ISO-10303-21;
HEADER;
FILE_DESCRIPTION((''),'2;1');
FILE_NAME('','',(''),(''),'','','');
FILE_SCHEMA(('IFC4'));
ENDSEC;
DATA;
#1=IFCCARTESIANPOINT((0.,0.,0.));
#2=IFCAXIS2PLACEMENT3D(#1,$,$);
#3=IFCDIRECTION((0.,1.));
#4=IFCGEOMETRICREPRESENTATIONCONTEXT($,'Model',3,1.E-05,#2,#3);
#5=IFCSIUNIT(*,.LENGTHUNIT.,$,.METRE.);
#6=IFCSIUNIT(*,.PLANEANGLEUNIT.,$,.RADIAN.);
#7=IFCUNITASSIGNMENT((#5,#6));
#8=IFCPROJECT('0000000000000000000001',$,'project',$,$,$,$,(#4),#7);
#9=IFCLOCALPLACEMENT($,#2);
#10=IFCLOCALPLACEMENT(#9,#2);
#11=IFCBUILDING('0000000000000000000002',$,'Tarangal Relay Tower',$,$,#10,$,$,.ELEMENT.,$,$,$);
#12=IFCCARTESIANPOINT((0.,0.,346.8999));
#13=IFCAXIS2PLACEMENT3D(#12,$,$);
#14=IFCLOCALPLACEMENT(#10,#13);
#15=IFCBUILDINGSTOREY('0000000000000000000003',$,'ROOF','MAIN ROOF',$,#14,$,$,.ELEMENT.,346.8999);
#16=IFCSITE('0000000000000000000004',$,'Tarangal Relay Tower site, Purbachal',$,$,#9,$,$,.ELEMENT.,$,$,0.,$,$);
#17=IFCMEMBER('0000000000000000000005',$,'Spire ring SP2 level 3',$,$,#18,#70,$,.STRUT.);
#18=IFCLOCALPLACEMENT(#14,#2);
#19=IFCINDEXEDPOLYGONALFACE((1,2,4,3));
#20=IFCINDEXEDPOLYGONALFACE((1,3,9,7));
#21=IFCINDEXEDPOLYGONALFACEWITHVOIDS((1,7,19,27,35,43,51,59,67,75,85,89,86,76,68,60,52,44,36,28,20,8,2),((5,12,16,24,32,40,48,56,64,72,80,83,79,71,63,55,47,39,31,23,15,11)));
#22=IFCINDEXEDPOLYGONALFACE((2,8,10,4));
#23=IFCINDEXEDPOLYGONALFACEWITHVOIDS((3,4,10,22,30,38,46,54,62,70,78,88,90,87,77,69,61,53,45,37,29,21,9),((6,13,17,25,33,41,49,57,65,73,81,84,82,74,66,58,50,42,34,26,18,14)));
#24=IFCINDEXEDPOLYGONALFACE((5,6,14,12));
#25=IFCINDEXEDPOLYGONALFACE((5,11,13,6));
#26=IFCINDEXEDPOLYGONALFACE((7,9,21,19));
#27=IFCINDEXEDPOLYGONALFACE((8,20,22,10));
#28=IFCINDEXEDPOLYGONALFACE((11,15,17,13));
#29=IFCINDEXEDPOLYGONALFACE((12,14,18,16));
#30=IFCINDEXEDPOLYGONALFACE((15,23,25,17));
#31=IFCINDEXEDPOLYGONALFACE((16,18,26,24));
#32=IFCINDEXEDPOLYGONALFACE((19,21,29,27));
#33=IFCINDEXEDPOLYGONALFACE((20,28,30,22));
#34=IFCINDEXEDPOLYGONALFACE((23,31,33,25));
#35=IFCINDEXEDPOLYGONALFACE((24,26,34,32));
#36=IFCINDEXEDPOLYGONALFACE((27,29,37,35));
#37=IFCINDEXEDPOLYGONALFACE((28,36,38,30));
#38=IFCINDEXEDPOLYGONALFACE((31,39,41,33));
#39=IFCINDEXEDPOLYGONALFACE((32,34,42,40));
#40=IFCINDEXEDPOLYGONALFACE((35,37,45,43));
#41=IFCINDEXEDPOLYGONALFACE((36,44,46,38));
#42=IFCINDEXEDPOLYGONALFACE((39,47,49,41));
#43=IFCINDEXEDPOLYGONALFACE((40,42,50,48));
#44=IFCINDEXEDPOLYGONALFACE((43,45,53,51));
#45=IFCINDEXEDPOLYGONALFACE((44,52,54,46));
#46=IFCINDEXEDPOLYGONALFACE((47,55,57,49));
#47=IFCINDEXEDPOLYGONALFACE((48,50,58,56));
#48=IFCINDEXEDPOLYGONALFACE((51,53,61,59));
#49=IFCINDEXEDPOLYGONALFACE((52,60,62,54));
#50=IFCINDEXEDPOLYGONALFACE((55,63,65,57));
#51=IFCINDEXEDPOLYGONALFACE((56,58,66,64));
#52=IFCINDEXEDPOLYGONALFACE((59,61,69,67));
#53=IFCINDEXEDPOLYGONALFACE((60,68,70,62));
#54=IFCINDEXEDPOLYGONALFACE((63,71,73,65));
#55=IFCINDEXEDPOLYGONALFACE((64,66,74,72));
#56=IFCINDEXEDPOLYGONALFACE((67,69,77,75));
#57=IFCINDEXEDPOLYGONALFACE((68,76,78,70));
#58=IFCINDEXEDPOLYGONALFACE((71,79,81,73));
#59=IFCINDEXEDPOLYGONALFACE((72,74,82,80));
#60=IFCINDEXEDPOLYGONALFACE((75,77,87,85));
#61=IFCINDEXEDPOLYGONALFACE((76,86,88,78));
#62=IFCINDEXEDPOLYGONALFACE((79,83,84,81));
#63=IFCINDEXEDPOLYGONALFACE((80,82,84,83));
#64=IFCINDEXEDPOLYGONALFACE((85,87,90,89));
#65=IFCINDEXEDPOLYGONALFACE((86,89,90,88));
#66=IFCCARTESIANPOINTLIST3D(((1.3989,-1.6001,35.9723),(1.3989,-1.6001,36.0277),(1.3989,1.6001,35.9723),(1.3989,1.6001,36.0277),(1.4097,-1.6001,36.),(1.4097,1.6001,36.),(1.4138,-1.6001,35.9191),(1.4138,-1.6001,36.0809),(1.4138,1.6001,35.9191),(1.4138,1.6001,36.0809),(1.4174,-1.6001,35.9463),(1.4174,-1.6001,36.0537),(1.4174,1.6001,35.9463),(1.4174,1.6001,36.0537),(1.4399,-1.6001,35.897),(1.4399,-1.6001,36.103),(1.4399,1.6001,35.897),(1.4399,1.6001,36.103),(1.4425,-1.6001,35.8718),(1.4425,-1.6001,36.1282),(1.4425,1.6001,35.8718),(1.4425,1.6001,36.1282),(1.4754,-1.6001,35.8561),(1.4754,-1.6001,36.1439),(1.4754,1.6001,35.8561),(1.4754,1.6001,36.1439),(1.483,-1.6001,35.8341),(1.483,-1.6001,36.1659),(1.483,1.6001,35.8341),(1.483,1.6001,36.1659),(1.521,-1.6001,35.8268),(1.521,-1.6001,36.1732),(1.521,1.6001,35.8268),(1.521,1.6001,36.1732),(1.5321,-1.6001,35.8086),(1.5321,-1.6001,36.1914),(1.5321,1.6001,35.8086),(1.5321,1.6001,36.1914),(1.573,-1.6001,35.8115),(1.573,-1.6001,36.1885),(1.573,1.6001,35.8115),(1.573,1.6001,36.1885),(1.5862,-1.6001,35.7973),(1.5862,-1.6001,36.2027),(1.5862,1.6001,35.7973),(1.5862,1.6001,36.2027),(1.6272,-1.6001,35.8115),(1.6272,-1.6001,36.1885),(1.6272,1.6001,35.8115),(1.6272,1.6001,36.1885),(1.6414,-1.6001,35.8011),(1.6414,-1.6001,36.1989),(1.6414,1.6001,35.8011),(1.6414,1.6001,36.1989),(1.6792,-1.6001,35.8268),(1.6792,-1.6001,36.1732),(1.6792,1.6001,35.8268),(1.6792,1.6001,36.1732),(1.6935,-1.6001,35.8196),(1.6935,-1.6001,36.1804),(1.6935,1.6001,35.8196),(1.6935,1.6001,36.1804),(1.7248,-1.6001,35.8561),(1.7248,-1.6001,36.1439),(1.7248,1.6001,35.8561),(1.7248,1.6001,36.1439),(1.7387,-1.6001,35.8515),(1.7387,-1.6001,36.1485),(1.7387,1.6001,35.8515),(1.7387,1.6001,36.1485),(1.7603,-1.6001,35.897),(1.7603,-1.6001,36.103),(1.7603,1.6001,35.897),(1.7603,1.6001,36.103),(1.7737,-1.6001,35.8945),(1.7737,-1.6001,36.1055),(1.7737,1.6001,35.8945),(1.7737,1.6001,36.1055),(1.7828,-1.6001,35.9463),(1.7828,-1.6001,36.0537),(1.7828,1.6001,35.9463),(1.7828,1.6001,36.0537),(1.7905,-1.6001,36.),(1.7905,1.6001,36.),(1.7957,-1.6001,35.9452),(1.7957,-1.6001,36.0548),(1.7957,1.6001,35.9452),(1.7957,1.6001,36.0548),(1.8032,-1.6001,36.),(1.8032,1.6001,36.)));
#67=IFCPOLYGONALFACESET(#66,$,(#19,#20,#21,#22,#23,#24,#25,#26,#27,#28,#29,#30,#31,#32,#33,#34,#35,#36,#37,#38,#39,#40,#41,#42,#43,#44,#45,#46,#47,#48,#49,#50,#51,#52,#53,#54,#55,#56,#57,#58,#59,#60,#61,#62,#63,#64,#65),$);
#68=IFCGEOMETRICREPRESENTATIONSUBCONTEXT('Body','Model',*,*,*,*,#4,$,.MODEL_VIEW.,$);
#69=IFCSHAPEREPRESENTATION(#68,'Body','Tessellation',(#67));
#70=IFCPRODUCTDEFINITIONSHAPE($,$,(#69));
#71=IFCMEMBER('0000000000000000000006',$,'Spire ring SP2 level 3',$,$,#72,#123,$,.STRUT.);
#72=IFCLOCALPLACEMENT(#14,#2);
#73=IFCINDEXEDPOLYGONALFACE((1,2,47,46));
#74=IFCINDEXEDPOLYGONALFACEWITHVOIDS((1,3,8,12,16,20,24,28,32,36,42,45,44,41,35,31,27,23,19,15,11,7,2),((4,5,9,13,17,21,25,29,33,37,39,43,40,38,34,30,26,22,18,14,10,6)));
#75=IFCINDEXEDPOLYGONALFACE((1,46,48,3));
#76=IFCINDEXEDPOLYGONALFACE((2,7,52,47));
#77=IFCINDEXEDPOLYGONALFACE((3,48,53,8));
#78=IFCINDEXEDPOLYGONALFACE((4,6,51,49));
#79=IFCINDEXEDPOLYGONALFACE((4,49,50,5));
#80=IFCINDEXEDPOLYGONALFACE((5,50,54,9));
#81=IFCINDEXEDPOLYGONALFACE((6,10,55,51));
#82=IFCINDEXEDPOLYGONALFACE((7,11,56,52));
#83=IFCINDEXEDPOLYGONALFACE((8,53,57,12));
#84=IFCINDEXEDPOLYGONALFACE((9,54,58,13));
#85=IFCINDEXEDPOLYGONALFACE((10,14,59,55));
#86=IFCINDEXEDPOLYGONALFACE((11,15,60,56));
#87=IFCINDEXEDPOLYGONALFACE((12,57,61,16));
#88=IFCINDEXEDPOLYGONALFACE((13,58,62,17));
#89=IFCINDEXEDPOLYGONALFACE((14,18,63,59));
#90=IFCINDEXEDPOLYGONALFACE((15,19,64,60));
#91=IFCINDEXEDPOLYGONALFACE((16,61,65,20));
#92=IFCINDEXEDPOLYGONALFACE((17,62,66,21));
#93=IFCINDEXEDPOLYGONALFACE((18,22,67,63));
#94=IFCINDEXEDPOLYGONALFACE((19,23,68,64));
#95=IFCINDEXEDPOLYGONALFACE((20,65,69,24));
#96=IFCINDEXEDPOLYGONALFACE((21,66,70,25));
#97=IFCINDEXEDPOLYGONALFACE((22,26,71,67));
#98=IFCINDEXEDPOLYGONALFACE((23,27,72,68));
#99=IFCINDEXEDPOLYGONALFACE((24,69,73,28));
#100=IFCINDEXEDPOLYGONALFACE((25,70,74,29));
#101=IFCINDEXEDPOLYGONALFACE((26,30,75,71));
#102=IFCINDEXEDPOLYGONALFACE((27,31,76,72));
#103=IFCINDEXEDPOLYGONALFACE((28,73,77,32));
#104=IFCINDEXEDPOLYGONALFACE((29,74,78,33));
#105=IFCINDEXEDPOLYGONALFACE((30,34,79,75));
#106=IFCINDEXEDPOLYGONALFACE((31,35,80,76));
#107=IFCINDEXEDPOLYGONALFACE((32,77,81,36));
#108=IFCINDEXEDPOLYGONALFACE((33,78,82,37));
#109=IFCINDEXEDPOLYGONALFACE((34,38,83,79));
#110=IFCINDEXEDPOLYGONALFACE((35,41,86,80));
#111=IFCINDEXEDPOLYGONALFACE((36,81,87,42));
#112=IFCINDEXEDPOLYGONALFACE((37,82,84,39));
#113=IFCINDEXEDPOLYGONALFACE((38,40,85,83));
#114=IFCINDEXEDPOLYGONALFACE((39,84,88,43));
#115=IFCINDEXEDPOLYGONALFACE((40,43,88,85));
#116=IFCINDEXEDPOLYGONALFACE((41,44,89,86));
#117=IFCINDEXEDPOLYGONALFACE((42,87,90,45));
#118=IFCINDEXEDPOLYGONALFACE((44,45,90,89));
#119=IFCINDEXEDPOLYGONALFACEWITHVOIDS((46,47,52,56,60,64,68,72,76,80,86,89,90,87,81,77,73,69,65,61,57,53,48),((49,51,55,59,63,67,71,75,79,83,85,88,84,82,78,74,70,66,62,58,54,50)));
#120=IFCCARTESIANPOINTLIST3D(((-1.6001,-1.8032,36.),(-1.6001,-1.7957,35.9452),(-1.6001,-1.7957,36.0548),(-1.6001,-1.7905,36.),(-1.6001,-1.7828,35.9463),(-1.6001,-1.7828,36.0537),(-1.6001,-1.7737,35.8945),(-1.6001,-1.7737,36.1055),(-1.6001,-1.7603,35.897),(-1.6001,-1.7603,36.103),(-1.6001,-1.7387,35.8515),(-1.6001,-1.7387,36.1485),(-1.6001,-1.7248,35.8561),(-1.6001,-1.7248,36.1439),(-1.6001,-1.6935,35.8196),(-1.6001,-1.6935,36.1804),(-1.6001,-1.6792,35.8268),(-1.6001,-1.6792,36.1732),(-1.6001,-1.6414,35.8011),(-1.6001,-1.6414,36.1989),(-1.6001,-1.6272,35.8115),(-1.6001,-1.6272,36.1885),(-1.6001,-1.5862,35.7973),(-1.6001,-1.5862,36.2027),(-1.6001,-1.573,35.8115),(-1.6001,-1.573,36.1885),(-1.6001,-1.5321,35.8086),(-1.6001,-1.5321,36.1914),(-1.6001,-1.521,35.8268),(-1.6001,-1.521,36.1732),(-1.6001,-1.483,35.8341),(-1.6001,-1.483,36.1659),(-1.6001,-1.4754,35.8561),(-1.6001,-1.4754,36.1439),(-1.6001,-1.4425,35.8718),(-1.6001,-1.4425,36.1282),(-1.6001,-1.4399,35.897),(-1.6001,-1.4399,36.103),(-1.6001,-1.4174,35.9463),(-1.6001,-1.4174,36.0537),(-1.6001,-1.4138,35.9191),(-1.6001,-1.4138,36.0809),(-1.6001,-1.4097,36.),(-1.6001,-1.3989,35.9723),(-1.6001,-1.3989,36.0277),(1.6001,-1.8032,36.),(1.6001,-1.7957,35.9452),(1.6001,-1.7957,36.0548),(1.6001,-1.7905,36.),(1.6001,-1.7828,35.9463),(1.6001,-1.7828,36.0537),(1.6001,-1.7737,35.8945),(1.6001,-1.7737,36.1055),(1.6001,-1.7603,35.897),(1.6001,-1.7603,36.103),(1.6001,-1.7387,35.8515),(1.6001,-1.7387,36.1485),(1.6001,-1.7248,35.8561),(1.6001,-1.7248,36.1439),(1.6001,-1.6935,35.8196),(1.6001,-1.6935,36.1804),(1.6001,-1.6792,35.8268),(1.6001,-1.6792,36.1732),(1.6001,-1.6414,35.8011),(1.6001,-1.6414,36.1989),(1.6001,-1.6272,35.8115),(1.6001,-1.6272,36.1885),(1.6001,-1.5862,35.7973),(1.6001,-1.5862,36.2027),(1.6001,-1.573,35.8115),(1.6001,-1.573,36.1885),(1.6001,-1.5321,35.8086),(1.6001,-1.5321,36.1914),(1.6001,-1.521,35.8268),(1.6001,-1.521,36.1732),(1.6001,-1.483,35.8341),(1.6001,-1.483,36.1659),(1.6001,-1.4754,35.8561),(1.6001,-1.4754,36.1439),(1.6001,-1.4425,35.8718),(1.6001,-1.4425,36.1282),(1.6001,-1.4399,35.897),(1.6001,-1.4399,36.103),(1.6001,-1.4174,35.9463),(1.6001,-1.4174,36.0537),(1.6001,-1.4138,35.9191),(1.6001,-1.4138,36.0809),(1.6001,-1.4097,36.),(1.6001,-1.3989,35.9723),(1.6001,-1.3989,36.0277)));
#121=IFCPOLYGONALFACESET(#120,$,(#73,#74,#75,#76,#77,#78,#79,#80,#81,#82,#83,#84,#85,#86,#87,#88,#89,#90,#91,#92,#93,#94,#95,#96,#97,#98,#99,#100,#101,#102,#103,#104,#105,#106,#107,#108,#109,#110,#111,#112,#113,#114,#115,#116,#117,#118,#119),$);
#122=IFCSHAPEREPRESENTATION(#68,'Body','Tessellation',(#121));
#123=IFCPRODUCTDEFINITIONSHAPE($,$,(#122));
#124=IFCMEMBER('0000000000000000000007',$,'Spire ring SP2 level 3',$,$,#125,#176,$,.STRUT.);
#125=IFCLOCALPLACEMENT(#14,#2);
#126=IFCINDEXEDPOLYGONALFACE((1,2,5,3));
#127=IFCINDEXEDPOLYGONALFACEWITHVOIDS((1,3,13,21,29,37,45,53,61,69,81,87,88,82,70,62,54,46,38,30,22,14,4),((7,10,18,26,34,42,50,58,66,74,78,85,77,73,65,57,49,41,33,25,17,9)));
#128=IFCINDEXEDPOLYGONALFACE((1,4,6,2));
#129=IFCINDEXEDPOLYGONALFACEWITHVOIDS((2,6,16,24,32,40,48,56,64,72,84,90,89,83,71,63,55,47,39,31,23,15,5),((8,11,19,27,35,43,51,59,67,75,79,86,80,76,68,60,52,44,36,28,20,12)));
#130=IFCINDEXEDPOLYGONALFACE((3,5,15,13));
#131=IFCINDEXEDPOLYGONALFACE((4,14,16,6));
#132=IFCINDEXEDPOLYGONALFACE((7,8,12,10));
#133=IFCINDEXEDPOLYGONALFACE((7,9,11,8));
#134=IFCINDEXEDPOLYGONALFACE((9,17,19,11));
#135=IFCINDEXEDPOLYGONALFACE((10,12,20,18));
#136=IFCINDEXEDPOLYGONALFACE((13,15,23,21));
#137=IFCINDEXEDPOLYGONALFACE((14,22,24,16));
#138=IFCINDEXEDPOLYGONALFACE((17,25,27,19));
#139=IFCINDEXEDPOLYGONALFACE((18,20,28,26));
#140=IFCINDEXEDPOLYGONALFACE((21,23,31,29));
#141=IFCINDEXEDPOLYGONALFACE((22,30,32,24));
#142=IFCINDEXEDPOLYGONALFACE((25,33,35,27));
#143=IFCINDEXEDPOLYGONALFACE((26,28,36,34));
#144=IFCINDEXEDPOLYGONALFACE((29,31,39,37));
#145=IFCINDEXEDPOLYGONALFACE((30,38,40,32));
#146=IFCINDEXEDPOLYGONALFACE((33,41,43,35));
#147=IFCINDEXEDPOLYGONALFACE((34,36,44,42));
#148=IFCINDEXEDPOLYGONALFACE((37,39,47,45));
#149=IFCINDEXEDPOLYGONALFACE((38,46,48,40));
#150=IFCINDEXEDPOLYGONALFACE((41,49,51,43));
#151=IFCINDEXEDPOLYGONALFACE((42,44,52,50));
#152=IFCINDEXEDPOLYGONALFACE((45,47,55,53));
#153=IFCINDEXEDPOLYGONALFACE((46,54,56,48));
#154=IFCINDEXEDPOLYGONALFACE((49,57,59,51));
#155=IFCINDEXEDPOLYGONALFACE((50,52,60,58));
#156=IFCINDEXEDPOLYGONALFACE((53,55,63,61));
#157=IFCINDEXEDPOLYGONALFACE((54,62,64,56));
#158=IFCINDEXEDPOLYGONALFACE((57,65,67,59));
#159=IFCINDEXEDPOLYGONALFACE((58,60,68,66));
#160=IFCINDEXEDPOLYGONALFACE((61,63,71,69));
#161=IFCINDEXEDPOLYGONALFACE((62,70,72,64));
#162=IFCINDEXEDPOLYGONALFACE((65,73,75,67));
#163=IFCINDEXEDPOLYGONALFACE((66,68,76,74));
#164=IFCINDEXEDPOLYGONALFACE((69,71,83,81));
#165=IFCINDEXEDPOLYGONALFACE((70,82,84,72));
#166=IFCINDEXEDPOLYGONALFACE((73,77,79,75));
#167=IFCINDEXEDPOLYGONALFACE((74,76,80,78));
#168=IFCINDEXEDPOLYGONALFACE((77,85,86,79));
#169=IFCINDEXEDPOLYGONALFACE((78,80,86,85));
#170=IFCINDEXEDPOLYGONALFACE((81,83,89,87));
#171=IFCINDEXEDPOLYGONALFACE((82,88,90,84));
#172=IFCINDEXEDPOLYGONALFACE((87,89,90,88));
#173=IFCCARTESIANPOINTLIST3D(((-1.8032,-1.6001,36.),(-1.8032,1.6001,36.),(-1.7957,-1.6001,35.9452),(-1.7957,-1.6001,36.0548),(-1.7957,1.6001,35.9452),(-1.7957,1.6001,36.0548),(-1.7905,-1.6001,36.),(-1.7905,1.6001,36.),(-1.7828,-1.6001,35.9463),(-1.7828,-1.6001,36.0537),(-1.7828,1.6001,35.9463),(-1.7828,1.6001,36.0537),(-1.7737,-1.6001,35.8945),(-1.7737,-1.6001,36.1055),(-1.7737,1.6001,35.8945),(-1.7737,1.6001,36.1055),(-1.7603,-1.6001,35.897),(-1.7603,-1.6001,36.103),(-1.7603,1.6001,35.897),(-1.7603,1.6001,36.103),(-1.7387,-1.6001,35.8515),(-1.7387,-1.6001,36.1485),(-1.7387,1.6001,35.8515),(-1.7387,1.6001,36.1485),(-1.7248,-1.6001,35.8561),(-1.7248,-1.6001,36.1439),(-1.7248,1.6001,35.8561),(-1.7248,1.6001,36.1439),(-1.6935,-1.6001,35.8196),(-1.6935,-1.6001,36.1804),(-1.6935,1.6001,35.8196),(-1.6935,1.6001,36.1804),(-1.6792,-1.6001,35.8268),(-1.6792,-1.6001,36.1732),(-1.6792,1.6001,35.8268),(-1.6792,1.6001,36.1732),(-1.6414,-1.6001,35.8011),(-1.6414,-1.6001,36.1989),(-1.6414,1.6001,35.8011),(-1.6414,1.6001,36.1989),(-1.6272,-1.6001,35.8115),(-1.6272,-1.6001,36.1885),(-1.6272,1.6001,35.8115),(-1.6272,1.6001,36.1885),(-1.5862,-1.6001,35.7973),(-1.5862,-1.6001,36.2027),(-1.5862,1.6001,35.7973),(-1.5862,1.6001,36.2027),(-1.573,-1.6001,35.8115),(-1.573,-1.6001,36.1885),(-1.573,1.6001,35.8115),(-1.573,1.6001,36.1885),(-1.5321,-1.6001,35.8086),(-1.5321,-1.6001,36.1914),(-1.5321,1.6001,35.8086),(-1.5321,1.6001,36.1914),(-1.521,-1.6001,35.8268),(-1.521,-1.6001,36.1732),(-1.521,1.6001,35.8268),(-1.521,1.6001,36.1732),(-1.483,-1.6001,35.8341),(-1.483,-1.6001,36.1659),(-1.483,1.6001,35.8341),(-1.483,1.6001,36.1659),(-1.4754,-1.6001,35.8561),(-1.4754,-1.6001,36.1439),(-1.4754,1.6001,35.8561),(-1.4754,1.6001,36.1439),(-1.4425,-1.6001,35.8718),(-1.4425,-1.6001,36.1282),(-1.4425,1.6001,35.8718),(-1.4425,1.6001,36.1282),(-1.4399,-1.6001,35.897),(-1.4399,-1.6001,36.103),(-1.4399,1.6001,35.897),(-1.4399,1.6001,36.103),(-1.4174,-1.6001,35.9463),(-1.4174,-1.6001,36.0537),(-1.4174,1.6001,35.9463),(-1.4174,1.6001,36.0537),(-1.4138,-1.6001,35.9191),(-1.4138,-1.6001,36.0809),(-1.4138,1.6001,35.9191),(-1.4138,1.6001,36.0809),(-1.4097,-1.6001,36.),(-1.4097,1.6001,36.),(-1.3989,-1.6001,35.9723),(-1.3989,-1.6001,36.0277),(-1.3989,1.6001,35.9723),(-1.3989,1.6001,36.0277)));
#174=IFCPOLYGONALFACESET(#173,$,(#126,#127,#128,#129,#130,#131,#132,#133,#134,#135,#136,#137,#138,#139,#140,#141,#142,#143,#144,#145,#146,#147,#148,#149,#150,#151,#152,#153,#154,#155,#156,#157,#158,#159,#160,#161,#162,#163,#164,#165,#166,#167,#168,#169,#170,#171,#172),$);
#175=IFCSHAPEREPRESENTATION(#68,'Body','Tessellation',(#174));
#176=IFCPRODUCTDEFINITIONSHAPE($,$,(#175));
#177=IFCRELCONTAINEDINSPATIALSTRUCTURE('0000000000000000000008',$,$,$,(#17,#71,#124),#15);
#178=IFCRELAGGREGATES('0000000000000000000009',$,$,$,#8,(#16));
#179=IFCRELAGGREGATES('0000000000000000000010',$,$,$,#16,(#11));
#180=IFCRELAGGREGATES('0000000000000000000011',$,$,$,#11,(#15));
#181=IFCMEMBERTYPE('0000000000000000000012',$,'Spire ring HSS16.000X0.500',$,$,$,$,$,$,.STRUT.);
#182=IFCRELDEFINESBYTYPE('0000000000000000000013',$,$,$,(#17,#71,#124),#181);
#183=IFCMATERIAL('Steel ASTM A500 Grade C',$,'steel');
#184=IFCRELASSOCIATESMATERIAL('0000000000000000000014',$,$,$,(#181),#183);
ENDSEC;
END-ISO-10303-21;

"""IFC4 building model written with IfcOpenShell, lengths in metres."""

from ifc_helpers import new_model, si_unit, direction, frame, origin, origin_2d, place, context, subcontext, project, spatial, hollow_circle, extrude, material, material_profile, profile_set, type_object, element, save


model = new_model("IFC4")

# Units and contexts
model_context = context("Model", 3, precision=1e-05, world=origin(), true_north=direction((0.0, 1.0)))
body_context = subcontext(model_context, "Body", "Model", "MODEL_VIEW")
ifc_project = project(units=[si_unit("LENGTHUNIT", "METRE"), si_unit("PLANEANGLEUNIT", "RADIAN")], contexts=[model_context])

# Site, building, storey
site_placement = place(None, origin())
site = spatial("IfcSite", under=ifc_project, at=site_placement, Name="Tarangal Relay Tower site, Purbachal", CompositionType="ELEMENT", RefElevation=0.0)
building_placement = place(site_placement, origin())
building = spatial("IfcBuilding", under=site, at=building_placement, Name="Tarangal Relay Tower", CompositionType="ELEMENT")
storey_placement = place(building_placement, frame((0.0, 0.0, 346.8999)))
storey = spatial("IfcBuildingStorey", under=building, at=storey_placement, Name="ROOF", Description="MAIN ROOF", CompositionType="ELEMENT", Elevation=346.8999)

# Members
ifc_material_1 = material(Name="Steel ASTM A500 Grade C", Category="steel")
ifc_material_profile_1 = material_profile(ifc_material_1, hollow_circle(Radius=0.2031, WallThickness=0.0127, at=origin_2d()), Name="HSS16.000X0.500")
ifc_profile_set_1 = profile_set([ifc_material_profile_1], Name="Steel ASTM A500 Grade C")
member_type_1 = type_object("IfcMemberType", Name="Spire ring HSS16.000X0.500", PredefinedType="STRUT", material=ifc_profile_set_1)
for number, where, z_axis, x_axis, name in (
    (1, (1.6001, 1.6001, 36.0), (0.0, -1.0, 0.0), (1.0, 0.0, 0.0), "Spire ring SP2 level 3"),
    (2, (1.6001, -1.6001, 36.0), (-1.0, 0.0, 0.0), (0.0, -1.0, 0.0), "Spire ring SP2 level 3"),
    (3, (-1.6001, -1.6001, 36.0), (0.0, 1.0, 0.0), (-1.0, 0.0, 0.0), "Spire ring SP2 level 3"),
):
    element("IfcMember", number, at=place(storey_placement, frame(where, z_axis=z_axis, x_axis=x_axis)), inside=storey, type_object=member_type_1, Name=name, PredefinedType="STRUT", context=body_context, shape_type="SweptSolid", body=[
        extrude(hollow_circle(Radius=0.2031, WallThickness=0.0127, at=origin_2d()), origin(), (0.0, 0.0, 1.0), 3.2002),
    ])

save(model, "model.ifc")
